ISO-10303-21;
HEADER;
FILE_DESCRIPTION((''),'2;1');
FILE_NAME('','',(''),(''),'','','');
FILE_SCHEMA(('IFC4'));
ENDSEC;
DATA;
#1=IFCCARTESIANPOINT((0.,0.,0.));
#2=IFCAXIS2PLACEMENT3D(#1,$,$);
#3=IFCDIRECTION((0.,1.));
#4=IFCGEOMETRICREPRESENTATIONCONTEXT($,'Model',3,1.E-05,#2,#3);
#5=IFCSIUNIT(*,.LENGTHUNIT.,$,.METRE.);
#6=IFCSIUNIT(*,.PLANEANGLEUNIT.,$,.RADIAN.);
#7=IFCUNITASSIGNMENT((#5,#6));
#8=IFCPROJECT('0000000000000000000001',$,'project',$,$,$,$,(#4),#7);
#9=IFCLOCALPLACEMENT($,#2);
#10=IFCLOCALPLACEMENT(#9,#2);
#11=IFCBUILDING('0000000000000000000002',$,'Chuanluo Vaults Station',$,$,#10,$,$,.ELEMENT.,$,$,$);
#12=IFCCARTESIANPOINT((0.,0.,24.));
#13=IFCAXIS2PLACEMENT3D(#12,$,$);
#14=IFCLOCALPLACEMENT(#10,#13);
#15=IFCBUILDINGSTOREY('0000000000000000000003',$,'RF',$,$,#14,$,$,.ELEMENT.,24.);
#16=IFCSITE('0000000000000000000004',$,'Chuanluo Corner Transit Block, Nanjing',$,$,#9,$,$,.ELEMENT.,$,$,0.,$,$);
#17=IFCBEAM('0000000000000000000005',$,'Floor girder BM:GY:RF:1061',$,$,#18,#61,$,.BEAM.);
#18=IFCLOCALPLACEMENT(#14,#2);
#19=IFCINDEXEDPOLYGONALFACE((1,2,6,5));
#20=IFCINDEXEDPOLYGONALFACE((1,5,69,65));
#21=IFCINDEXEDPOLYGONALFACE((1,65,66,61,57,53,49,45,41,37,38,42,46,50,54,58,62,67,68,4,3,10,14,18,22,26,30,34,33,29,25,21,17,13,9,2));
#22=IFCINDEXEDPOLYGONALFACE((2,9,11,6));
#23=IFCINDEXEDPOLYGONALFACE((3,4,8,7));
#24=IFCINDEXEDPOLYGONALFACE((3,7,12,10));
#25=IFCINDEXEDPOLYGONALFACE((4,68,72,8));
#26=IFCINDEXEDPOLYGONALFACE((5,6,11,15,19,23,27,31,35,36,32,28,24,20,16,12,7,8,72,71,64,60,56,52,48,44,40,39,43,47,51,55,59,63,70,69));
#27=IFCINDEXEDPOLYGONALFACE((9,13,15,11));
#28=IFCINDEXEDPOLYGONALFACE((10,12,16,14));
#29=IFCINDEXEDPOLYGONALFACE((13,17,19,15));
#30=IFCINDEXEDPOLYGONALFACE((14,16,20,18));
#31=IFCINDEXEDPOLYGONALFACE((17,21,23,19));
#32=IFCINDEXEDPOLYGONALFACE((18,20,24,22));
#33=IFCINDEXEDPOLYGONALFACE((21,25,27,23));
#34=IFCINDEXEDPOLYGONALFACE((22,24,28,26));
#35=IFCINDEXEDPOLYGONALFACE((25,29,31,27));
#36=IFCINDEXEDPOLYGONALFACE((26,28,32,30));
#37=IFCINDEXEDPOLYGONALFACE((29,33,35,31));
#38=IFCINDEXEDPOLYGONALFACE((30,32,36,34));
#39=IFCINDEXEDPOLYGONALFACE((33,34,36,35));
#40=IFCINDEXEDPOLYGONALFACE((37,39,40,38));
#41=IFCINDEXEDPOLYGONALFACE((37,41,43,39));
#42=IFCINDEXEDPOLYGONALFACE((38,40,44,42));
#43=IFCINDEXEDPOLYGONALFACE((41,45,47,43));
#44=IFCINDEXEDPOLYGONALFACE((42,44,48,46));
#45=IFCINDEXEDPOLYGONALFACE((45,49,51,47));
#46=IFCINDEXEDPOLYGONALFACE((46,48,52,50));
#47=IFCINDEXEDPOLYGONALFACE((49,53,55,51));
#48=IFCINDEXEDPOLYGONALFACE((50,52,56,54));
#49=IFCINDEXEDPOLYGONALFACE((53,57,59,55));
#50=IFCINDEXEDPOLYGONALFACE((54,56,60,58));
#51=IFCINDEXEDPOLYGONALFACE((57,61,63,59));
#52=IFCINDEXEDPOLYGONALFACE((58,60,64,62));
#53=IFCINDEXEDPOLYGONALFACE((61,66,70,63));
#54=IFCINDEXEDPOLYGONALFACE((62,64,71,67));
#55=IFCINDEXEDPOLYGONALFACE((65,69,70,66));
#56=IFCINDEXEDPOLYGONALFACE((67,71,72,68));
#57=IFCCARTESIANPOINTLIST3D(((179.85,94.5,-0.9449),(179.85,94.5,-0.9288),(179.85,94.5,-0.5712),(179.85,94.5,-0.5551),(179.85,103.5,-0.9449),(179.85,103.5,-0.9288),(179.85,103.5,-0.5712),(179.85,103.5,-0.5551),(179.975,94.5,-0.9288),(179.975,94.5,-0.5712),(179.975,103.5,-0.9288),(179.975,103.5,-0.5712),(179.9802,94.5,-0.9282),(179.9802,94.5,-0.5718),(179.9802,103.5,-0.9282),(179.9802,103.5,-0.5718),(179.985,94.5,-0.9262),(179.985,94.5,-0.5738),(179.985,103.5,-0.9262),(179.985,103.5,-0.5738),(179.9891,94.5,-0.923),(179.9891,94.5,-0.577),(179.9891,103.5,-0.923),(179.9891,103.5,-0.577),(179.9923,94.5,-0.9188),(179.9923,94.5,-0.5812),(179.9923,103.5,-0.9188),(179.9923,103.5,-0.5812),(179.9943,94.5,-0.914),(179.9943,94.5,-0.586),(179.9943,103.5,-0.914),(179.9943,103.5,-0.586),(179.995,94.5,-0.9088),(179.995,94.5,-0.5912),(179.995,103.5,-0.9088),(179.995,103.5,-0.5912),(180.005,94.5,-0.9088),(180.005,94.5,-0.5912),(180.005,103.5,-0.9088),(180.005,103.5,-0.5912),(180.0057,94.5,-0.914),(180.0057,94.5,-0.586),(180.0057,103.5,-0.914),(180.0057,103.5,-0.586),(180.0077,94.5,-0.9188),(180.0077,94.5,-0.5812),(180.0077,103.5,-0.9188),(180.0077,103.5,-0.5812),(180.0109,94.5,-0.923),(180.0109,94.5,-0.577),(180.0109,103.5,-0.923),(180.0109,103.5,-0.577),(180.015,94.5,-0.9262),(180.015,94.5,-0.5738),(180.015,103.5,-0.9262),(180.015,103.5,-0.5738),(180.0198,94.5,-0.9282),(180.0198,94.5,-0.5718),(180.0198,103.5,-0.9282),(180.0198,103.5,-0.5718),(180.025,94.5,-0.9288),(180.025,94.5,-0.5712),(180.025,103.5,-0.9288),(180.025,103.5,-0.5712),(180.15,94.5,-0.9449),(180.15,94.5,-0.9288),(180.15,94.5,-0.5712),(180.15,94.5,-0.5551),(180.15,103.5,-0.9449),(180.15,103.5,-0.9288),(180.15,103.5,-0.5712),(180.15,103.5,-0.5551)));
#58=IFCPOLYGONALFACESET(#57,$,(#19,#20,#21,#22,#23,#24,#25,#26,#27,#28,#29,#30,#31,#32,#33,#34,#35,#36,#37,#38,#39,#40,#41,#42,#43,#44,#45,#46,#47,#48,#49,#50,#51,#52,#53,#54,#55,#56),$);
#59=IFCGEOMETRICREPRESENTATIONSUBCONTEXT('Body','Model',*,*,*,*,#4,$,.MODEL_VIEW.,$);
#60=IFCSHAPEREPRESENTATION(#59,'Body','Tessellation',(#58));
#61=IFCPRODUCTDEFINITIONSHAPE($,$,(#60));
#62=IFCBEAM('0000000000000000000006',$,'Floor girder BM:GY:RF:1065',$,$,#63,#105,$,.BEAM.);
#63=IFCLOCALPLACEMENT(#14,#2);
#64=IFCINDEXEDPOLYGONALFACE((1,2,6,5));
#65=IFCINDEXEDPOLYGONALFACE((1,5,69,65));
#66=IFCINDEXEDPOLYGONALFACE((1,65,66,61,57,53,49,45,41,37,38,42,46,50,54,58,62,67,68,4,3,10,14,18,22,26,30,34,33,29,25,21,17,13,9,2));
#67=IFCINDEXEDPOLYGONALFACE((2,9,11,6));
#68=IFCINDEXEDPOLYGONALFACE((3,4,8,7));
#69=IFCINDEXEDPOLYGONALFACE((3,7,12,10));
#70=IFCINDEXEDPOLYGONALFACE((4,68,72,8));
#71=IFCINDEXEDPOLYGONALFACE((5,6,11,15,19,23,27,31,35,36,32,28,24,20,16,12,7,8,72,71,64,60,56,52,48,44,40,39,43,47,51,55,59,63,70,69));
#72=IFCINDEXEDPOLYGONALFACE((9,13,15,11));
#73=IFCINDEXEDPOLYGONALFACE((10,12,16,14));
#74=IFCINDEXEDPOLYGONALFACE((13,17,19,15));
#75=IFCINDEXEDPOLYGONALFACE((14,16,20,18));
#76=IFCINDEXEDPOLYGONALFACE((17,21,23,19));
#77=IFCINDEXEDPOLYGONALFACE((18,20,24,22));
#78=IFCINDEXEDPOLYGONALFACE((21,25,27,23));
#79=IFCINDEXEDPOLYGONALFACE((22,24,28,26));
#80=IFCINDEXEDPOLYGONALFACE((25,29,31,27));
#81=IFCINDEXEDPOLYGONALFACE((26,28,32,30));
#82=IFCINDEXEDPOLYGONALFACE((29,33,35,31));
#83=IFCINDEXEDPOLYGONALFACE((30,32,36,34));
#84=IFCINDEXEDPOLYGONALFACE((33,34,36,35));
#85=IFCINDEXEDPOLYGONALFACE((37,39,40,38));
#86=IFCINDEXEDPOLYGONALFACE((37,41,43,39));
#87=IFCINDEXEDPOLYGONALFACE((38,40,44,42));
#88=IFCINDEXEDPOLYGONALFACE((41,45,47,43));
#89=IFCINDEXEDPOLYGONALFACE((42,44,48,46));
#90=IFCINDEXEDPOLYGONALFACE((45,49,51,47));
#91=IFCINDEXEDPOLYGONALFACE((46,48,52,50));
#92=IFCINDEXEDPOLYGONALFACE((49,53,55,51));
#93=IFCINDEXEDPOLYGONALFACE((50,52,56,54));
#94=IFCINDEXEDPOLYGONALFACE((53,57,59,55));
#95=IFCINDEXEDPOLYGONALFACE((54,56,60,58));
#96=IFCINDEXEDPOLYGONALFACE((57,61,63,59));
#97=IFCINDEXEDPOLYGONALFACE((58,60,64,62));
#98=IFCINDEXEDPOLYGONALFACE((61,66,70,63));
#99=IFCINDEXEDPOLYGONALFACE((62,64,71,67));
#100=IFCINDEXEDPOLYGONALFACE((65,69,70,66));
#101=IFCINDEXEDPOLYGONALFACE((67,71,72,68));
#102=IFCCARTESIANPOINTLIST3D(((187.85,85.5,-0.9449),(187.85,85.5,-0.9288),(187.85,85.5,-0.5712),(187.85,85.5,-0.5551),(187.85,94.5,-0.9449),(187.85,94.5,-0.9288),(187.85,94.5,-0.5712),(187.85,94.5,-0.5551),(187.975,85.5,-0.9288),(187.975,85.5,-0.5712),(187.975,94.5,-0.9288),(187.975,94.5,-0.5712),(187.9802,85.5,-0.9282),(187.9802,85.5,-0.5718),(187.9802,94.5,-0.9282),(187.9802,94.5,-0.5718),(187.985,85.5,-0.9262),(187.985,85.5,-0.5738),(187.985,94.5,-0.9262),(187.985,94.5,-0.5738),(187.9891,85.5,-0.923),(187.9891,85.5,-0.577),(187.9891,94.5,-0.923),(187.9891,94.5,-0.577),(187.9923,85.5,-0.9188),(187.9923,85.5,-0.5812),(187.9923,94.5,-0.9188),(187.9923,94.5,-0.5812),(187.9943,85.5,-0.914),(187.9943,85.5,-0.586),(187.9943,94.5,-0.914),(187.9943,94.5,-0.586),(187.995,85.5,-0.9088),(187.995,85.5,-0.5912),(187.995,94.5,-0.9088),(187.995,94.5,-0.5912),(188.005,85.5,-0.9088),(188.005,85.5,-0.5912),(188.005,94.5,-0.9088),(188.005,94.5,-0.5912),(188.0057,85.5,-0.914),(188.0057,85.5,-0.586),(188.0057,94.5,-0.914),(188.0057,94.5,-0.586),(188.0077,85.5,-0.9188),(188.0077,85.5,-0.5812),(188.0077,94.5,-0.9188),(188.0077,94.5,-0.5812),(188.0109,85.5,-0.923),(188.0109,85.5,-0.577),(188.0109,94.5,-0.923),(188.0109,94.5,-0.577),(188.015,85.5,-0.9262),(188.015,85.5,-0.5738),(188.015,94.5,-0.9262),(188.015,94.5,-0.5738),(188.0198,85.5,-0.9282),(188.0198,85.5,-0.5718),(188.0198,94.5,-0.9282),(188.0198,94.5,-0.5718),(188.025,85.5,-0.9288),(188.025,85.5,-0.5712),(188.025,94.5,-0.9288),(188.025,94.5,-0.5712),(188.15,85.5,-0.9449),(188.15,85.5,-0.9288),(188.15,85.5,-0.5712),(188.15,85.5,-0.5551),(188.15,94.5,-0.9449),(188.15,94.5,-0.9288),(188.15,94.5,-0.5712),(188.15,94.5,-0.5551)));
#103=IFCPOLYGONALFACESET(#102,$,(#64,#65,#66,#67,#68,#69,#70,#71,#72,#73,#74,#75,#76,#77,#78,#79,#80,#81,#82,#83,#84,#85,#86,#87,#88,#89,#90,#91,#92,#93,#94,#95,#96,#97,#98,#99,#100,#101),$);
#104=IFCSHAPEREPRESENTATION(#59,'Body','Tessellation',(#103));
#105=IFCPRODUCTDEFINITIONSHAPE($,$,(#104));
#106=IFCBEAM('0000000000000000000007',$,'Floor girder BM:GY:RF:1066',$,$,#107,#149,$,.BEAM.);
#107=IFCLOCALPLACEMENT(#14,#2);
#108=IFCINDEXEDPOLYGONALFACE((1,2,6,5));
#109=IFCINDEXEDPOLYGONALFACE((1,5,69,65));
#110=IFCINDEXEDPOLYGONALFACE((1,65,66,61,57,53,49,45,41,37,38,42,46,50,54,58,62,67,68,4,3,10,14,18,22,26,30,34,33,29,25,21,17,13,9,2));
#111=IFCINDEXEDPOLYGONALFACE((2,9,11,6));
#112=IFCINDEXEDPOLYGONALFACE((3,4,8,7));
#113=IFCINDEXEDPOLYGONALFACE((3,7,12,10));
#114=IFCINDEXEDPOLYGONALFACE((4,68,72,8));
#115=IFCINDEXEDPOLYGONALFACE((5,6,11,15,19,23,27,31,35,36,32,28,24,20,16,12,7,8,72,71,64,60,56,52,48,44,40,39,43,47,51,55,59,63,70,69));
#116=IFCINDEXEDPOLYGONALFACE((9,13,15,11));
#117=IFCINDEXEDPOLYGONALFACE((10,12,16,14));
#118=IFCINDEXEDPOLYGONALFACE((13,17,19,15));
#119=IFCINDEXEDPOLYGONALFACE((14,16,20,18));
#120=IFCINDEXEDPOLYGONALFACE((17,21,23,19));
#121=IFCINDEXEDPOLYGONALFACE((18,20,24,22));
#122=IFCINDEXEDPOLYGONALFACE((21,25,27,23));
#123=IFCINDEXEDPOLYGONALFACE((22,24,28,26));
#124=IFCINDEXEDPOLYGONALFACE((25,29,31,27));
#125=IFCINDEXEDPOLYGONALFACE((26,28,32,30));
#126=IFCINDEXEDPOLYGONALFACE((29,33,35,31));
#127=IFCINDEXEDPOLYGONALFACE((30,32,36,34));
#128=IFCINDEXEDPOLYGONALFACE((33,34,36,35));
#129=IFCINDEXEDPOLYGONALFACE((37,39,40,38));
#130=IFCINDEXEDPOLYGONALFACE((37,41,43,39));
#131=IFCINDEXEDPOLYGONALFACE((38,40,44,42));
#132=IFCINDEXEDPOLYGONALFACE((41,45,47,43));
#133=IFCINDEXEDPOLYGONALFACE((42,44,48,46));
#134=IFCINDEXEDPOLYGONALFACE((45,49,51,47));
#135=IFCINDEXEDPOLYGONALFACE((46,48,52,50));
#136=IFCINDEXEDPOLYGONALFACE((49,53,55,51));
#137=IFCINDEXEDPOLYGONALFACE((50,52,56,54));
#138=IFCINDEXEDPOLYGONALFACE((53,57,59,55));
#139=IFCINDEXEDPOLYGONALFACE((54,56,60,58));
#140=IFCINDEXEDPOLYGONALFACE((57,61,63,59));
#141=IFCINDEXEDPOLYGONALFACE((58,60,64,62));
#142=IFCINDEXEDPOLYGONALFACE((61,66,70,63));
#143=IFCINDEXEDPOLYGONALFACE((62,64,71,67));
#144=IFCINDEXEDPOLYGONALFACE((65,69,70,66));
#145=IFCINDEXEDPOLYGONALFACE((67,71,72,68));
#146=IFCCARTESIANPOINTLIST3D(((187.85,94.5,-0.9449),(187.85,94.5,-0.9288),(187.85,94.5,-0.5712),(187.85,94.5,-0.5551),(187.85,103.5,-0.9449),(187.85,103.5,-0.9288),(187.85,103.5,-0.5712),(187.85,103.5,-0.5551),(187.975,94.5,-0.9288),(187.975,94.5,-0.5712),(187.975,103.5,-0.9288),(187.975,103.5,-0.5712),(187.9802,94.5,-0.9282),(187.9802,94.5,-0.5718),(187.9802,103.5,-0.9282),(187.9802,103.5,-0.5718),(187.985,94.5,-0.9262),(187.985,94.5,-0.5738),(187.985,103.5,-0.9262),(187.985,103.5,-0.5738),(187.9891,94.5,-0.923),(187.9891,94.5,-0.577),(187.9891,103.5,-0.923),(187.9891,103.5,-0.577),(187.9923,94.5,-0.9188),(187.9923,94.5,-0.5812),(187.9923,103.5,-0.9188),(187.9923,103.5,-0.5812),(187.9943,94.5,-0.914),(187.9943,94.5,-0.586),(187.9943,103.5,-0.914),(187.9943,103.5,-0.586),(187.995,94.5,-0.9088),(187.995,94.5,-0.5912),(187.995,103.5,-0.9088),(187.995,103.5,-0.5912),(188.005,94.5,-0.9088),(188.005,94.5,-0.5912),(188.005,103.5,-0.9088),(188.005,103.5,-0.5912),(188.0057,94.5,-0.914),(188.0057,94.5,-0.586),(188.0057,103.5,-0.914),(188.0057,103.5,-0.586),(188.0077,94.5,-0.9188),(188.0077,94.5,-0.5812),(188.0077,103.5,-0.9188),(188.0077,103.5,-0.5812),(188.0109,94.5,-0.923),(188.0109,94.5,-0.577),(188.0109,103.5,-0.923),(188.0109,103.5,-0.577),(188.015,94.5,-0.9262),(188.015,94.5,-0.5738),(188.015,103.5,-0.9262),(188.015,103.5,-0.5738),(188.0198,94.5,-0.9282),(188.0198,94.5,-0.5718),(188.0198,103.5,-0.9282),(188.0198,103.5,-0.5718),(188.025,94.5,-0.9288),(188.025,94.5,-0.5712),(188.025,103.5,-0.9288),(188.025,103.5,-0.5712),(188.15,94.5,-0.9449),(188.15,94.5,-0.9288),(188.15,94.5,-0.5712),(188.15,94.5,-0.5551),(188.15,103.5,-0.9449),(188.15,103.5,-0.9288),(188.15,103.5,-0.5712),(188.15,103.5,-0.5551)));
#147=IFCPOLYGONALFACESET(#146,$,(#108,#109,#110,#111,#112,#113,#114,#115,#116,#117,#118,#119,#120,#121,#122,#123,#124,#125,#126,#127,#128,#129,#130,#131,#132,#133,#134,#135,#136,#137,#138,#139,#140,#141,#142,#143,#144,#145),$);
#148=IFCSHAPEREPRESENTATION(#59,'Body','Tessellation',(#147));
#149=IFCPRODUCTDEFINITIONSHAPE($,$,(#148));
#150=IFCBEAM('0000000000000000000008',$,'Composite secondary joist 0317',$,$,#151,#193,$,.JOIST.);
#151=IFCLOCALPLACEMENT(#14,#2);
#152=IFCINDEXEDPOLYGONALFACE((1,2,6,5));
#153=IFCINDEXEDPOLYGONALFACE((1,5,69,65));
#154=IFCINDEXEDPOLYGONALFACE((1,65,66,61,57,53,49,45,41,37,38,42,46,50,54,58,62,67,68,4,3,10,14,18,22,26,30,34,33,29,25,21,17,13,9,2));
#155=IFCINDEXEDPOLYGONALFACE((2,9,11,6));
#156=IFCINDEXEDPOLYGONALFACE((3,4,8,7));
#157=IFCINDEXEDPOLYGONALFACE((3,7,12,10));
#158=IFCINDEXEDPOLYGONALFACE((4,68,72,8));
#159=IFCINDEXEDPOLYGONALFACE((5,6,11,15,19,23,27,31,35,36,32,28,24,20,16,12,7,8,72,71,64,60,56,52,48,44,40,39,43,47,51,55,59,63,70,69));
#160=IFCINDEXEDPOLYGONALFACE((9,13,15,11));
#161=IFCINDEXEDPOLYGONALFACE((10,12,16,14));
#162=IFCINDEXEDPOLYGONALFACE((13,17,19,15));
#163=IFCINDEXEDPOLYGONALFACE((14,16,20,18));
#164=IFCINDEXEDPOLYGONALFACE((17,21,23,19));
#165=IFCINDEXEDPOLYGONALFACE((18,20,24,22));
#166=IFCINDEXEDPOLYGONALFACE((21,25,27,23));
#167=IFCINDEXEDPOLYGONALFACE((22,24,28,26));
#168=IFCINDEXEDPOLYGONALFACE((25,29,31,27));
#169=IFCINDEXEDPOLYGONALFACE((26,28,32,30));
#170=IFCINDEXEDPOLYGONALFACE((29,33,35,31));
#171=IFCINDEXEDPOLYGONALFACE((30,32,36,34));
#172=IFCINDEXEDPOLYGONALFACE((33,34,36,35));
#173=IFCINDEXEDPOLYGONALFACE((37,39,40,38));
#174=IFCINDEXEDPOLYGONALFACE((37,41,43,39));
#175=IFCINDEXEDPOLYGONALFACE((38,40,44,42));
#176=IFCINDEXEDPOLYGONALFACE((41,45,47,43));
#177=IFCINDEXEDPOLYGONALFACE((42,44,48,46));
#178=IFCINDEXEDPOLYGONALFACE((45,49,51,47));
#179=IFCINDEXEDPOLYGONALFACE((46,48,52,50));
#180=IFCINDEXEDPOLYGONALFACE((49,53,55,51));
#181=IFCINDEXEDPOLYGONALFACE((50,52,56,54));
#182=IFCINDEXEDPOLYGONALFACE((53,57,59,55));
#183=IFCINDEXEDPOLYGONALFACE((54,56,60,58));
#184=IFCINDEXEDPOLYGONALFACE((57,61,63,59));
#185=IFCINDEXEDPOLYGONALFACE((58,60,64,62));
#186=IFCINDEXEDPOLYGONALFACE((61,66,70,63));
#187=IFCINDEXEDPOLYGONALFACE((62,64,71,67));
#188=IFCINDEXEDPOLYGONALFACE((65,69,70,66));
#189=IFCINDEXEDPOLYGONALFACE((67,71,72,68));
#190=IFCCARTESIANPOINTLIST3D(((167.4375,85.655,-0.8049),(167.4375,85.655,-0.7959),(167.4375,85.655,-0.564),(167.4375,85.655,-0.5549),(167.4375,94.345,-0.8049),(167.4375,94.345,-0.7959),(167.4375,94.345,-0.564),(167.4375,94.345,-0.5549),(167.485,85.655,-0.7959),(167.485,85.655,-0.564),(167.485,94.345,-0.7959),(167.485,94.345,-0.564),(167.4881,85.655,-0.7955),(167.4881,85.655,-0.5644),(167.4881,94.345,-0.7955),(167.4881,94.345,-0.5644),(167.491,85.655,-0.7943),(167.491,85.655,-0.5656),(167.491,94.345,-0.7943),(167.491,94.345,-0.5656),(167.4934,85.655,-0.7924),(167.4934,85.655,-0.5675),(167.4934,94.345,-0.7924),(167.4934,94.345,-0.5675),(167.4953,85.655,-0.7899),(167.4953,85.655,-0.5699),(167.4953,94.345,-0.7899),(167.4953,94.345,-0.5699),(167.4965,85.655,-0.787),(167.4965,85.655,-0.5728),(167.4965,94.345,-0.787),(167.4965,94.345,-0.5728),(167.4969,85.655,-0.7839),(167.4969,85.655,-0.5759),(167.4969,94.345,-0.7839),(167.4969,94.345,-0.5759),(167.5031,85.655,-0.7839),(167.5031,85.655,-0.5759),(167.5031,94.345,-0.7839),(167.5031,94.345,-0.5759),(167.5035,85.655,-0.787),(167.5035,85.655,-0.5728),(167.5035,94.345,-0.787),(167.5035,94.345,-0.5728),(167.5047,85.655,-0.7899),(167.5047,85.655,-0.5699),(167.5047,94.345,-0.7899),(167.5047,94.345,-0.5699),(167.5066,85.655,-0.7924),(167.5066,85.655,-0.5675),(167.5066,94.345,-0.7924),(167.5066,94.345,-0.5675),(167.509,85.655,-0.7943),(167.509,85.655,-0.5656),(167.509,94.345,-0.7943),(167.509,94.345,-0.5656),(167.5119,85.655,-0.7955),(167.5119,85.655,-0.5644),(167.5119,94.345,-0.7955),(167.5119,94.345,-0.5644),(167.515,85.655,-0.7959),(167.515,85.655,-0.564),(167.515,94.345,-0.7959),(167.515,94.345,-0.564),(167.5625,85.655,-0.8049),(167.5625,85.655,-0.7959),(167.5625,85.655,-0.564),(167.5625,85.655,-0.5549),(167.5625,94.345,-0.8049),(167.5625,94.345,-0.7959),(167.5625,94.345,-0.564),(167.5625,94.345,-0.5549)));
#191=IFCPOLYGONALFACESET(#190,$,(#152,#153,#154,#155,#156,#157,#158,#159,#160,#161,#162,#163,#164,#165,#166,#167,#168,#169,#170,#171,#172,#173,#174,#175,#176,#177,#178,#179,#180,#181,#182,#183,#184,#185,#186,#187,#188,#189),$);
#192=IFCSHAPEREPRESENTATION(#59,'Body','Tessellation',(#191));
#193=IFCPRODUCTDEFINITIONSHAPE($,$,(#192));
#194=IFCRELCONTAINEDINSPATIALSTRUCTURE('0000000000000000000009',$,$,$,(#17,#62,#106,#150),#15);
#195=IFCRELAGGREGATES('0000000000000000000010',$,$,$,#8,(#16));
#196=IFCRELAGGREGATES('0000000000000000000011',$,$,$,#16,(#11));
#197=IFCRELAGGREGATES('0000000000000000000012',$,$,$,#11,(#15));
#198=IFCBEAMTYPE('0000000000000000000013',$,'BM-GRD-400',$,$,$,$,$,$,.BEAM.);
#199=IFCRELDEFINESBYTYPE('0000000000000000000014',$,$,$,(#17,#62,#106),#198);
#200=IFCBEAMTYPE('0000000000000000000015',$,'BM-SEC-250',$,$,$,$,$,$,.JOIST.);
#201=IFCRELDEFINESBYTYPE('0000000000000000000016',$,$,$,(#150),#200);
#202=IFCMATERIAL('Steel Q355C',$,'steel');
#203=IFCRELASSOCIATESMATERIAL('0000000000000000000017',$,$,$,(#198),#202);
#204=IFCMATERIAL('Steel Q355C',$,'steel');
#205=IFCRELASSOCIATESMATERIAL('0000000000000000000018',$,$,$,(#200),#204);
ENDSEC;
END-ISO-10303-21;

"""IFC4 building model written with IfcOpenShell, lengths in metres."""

from ifc_helpers import new_model, si_unit, direction, frame, origin, origin_2d, place, context, subcontext, project, spatial, i_section, extrude, material, material_profile, profile_set, type_object, element, save


model = new_model("IFC4")

# Units and contexts
model_context = context("Model", 3, precision=1e-05, world=origin(), true_north=direction((0.0, 1.0)))
body_context = subcontext(model_context, "Body", "Model", "MODEL_VIEW")
ifc_project = project(units=[si_unit("LENGTHUNIT", "METRE"), si_unit("PLANEANGLEUNIT", "RADIAN")], contexts=[model_context])

# Site, building, storey
site_placement = place(None, origin())
site = spatial("IfcSite", under=ifc_project, at=site_placement, Name="Chuanluo Corner Transit Block, Nanjing", CompositionType="ELEMENT", RefElevation=0.0)
building_placement = place(site_placement, origin())
building = spatial("IfcBuilding", under=site, at=building_placement, Name="Chuanluo Vaults Station", CompositionType="ELEMENT")
storey_placement = place(building_placement, frame((0.0, 0.0, 24.0)))
storey = spatial("IfcBuildingStorey", under=building, at=storey_placement, Name="RF", CompositionType="ELEMENT", Elevation=24.0)

# Beams
ifc_material_1 = material(Name="Steel Q355C", Category="steel")
ifc_material_profile_1 = material_profile(ifc_material_1, i_section(OverallWidth=0.3, OverallDepth=0.3899, WebThickness=0.01, FlangeThickness=0.0161, FilletRadius=0.02, at=origin_2d()))
ifc_profile_set_1 = profile_set([ifc_material_profile_1], Name="Steel Q355C")
beam_type_1 = type_object("IfcBeamType", Name="BM-GRD-400", PredefinedType="BEAM", material=ifc_profile_set_1)
for number, where, z_axis, x_axis, name in (
    (1, (180.0, 94.5, -0.75), (0.0, 1.0, 0.0), (-1.0, 0.0, 0.0), "Floor girder BM:GY:RF:1061"),
    (2, (188.0, 85.5, -0.75), (0.0, 1.0, 0.0), (-1.0, 0.0, 0.0), "Floor girder BM:GY:RF:1065"),
    (3, (188.0, 94.5, -0.75), (0.0, 1.0, 0.0), (-1.0, 0.0, 0.0), "Floor girder BM:GY:RF:1066"),
):
    element("IfcBeam", number, at=place(storey_placement, frame(where, z_axis=z_axis, x_axis=x_axis)), inside=storey, type_object=beam_type_1, Name=name, PredefinedType="BEAM", context=body_context, shape_type="SweptSolid", body=[
        extrude(i_section(OverallWidth=0.3, OverallDepth=0.3899, WebThickness=0.01, FlangeThickness=0.0161, FilletRadius=0.02, at=origin_2d()), origin(), (0.0, 0.0, 1.0), 9.0),
    ])
ifc_material_2 = material(Name="Steel Q355C", Category="steel")
ifc_material_profile_2 = material_profile(ifc_material_2, i_section(OverallWidth=0.125, OverallDepth=0.25, WebThickness=0.0061, FlangeThickness=0.009, FilletRadius=0.012, at=origin_2d()))
ifc_profile_set_2 = profile_set([ifc_material_profile_2], Name="Steel Q355C")
beam_type_2 = type_object("IfcBeamType", Name="BM-SEC-250", PredefinedType="JOIST", material=ifc_profile_set_2)
for number, where, z_axis, x_axis, name in (
    (4, (167.5, 85.655, -0.6799), (0.0, 1.0, 0.0), (-1.0, 0.0, 0.0), "Composite secondary joist 0317"),
):
    element("IfcBeam", number, at=place(storey_placement, frame(where, z_axis=z_axis, x_axis=x_axis)), inside=storey, type_object=beam_type_2, Name=name, PredefinedType="JOIST", context=body_context, shape_type="SweptSolid", body=[
        extrude(i_section(OverallWidth=0.125, OverallDepth=0.25, WebThickness=0.0061, FlangeThickness=0.009, FilletRadius=0.012, at=origin_2d()), origin(), (0.0, 0.0, 1.0), 8.6899),
    ])

save(model, "model.ifc")
